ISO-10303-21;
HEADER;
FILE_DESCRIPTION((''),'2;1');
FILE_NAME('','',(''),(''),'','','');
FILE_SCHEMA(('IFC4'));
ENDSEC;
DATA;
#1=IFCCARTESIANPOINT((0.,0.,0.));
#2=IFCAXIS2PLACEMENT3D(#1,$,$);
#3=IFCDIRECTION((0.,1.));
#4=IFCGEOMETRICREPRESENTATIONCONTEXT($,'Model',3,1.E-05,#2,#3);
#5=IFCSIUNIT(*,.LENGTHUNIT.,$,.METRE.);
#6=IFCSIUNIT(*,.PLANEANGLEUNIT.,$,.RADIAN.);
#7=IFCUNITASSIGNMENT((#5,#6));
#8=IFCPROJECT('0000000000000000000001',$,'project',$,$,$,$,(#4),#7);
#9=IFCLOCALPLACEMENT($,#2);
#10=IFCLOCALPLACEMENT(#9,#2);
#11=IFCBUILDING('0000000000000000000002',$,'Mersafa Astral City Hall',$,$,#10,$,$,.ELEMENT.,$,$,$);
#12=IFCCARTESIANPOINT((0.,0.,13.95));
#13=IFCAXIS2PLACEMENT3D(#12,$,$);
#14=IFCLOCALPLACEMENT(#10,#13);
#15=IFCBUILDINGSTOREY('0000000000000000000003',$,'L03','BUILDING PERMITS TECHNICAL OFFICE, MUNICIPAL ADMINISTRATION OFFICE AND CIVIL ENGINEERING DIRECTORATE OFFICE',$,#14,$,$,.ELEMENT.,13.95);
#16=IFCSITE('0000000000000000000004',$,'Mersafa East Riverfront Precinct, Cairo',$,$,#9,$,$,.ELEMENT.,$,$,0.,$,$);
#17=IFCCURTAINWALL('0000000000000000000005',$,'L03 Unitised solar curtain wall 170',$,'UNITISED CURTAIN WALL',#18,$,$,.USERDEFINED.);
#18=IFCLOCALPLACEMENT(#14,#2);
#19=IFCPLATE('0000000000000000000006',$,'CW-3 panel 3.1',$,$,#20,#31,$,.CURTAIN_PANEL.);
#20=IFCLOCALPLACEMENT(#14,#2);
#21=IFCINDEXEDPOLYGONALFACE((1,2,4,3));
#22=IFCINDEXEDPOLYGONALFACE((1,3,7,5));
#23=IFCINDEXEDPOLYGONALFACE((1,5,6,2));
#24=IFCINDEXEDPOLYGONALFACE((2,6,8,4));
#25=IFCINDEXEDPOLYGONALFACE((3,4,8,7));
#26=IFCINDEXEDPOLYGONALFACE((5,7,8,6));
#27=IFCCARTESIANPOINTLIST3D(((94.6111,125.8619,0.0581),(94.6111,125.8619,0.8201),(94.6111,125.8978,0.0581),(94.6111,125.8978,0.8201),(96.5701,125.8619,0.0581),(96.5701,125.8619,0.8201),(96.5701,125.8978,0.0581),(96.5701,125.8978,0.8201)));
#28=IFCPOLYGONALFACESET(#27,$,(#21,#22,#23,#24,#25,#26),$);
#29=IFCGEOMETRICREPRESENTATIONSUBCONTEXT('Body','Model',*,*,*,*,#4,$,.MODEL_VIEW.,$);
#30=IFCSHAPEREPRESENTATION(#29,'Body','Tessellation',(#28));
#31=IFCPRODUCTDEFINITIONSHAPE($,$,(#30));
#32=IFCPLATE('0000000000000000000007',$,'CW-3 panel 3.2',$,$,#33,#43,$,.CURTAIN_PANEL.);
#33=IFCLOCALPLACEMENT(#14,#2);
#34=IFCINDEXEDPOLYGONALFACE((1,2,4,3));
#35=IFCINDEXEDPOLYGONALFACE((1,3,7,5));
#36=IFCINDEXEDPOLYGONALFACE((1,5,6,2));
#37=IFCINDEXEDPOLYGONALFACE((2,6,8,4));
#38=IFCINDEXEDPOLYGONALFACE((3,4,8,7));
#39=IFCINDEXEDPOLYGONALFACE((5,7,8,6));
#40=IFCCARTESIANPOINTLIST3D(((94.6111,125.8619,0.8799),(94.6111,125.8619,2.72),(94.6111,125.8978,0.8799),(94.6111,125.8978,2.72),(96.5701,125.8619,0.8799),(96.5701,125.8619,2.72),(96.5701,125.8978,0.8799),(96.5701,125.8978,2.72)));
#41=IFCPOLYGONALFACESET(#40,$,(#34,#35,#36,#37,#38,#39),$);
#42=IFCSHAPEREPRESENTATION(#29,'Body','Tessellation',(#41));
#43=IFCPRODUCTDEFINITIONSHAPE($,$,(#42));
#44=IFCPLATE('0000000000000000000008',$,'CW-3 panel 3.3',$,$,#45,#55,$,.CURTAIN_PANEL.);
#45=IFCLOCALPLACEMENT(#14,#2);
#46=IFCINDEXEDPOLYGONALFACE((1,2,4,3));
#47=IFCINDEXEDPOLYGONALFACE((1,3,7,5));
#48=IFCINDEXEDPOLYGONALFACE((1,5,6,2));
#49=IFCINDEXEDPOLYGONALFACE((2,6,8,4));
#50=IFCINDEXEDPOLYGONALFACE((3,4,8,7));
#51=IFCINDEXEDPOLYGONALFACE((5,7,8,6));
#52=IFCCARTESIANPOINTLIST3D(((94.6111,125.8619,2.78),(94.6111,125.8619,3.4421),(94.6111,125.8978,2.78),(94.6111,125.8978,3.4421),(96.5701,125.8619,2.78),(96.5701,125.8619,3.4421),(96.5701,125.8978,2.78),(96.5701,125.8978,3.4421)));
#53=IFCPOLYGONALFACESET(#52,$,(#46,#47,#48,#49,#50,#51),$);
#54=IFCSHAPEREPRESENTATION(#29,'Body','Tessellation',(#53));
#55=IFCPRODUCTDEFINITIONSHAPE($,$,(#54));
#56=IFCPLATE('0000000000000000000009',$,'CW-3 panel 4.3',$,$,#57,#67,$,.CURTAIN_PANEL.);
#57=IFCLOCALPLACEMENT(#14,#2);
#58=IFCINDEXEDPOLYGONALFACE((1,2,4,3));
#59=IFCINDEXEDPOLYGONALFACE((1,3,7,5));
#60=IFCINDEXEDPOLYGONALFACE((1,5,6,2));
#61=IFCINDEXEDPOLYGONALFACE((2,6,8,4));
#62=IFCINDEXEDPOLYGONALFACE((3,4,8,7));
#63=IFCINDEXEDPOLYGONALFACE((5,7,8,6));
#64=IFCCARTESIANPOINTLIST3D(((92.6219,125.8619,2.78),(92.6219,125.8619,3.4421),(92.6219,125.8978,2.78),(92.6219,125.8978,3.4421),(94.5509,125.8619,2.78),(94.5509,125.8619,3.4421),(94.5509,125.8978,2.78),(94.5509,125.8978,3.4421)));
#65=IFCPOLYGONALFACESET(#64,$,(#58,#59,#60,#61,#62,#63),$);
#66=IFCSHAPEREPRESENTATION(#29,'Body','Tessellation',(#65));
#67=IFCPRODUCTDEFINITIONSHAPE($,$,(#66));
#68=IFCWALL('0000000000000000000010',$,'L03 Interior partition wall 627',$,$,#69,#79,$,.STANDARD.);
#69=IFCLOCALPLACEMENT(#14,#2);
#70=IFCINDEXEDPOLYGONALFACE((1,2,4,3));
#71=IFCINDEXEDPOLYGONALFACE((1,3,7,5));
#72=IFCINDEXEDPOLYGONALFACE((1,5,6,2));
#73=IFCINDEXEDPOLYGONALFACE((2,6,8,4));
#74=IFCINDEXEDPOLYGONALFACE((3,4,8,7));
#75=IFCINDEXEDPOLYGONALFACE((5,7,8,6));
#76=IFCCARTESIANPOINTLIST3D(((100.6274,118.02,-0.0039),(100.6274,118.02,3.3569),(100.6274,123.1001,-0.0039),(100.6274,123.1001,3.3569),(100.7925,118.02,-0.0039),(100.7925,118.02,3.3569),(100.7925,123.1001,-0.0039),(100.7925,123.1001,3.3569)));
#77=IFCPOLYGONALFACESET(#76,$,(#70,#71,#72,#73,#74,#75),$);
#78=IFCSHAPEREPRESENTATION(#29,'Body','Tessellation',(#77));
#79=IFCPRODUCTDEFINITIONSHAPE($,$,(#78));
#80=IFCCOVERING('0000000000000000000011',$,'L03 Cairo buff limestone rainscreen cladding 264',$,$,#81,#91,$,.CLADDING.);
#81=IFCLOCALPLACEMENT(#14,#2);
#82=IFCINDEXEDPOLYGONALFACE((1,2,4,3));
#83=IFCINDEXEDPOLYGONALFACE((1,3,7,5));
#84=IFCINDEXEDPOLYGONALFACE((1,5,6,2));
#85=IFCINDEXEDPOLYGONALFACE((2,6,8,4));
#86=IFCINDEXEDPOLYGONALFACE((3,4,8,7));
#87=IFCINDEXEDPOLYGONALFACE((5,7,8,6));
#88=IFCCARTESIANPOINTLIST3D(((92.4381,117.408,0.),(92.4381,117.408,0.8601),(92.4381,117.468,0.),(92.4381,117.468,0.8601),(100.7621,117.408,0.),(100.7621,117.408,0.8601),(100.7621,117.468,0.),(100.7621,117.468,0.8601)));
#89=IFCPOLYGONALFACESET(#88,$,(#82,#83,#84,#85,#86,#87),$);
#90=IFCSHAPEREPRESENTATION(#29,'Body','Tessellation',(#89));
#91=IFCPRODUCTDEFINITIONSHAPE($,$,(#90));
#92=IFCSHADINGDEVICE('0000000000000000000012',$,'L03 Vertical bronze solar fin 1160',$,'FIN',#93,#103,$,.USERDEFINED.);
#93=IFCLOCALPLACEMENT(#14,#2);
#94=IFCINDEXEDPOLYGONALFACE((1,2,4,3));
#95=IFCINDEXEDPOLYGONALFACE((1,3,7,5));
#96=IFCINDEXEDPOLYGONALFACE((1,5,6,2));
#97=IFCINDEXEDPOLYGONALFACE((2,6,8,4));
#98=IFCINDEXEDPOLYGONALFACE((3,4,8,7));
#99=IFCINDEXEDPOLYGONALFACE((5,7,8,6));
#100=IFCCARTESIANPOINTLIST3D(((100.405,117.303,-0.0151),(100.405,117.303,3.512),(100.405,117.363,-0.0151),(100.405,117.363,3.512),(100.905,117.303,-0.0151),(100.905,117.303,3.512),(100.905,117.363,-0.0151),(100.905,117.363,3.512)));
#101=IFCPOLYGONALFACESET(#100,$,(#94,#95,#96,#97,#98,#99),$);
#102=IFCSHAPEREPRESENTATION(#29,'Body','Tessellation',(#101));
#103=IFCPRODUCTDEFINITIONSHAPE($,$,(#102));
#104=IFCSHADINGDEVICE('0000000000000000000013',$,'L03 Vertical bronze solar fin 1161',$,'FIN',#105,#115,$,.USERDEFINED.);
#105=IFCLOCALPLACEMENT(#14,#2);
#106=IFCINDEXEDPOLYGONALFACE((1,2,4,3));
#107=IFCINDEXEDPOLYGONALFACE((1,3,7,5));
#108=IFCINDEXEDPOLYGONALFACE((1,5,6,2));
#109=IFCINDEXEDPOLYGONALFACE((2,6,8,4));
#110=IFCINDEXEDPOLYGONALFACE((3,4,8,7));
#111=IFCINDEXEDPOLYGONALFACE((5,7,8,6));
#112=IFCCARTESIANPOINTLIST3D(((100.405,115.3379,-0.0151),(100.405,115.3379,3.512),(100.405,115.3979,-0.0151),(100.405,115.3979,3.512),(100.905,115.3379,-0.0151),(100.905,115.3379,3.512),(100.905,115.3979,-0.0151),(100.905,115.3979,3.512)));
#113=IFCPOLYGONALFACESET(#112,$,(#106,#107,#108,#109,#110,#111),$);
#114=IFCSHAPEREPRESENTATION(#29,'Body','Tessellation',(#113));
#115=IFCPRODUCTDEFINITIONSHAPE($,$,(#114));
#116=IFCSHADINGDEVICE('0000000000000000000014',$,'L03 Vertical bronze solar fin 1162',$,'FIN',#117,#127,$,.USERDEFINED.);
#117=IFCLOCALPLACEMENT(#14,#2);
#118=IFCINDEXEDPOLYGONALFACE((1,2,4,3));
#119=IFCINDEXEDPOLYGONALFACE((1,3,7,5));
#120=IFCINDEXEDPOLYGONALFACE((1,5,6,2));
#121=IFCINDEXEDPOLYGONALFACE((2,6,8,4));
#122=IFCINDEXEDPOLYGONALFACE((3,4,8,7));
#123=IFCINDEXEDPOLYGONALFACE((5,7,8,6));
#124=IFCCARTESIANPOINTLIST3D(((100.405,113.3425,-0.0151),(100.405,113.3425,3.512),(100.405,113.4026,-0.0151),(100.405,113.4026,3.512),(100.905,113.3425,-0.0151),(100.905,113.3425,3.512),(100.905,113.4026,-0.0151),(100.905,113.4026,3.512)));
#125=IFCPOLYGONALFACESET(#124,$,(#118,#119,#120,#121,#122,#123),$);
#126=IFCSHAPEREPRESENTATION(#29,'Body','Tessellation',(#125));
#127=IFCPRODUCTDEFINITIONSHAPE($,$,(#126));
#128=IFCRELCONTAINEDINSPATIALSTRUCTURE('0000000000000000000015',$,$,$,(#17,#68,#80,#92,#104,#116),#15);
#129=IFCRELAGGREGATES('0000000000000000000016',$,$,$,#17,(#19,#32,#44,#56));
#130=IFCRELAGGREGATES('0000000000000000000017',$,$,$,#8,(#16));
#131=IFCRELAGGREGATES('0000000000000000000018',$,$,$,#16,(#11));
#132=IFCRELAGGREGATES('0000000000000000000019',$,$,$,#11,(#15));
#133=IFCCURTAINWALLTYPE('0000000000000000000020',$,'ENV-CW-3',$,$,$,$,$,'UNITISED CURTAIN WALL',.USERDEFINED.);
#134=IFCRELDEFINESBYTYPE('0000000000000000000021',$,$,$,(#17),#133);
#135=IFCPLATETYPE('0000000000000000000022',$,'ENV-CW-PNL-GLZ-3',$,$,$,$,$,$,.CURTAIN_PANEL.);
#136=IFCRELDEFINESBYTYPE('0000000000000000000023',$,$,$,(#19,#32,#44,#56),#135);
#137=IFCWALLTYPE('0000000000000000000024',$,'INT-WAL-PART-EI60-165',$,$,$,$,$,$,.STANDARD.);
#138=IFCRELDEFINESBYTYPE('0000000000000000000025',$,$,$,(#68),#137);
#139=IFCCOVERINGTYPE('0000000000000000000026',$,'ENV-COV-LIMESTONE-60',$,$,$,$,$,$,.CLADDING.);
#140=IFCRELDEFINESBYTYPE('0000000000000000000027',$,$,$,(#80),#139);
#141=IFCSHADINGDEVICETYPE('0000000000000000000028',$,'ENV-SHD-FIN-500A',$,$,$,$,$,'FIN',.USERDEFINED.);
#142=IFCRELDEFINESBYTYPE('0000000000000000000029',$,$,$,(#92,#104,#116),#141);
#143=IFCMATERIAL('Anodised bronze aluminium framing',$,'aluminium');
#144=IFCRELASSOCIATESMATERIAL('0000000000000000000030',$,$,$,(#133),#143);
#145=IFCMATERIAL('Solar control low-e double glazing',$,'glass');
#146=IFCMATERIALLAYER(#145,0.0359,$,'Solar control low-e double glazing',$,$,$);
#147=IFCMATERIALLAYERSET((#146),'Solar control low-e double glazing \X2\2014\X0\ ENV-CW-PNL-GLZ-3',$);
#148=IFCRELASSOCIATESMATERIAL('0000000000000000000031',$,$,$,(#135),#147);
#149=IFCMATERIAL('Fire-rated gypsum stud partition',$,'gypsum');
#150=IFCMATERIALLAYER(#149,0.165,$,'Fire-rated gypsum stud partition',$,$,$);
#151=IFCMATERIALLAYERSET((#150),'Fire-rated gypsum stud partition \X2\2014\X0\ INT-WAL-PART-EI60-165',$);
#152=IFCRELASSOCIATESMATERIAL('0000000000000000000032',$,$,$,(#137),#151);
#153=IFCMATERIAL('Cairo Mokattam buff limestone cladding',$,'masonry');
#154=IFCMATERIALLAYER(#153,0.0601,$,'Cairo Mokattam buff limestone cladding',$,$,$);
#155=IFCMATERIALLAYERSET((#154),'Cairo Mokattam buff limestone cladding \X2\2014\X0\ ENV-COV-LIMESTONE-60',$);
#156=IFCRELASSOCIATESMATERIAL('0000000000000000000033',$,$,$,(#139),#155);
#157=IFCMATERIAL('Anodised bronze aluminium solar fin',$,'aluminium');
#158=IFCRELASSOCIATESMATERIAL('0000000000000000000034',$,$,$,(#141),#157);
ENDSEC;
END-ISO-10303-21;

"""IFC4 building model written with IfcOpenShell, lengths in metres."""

from ifc_helpers import new_model, si_unit, direction, frame, frame_2d, origin, origin_2d, place, context, subcontext, project, spatial, rectangle, extrude, material, layer, layer_set, type_object, element, aggregate, save


model = new_model("IFC4")

# Units and contexts
model_context = context("Model", 3, precision=1e-05, world=origin(), true_north=direction((0.0, 1.0)))
body_context = subcontext(model_context, "Body", "Model", "MODEL_VIEW")
ifc_project = project(units=[si_unit("LENGTHUNIT", "METRE"), si_unit("PLANEANGLEUNIT", "RADIAN")], contexts=[model_context])

# Site, building, storey
site_placement = place(None, origin())
site = spatial("IfcSite", under=ifc_project, at=site_placement, Name="Mersafa East Riverfront Precinct, Cairo", CompositionType="ELEMENT", RefElevation=0.0)
building_placement = place(site_placement, origin())
building = spatial("IfcBuilding", under=site, at=building_placement, Name="Mersafa Astral City Hall", CompositionType="ELEMENT")
storey_placement = place(building_placement, frame((0.0, 0.0, 13.95)))
storey = spatial("IfcBuildingStorey", under=building, at=storey_placement, Name="L03", Description="BUILDING PERMITS TECHNICAL OFFICE, MUNICIPAL ADMINISTRATION OFFICE AND CIVIL ENGINEERING DIRECTORATE OFFICE", CompositionType="ELEMENT", Elevation=13.95)

# Curtain wall
ifc_material_1 = material(Name="Anodised bronze aluminium framing", Category="aluminium")
curtain_wall_type = type_object("IfcCurtainWallType", Name="ENV-CW-3", ElementType="UNITISED CURTAIN WALL", PredefinedType="USERDEFINED", material=ifc_material_1)
curtain_wall_placement = place(storey_placement, origin())
curtain_wall = element("IfcCurtainWall", 1, at=curtain_wall_placement, inside=storey, type_object=curtain_wall_type, Name="L03 Unitised solar curtain wall 170", ObjectType="UNITISED CURTAIN WALL", PredefinedType="USERDEFINED")

# Plates
ifc_material_2 = material(Name="Solar control low-e double glazing", Category="glass")
ifc_layer_1 = layer(ifc_material_2, 0.0359, Name="Solar control low-e double glazing")
ifc_layer_set_1 = layer_set([ifc_layer_1], Name="Solar control low-e double glazing — ENV-CW-PNL-GLZ-3")
plate_type = type_object("IfcPlateType", Name="ENV-CW-PNL-GLZ-3", PredefinedType="CURTAIN_PANEL", material=ifc_layer_set_1)
plate_1_placement = place(storey_placement, frame((95.5906, 125.8799, 0.0581), z_axis=(0.0, 0.0, 1.0), x_axis=(-1.0, 0.0, 0.0)))
plate_1 = element("IfcPlate", 2, at=plate_1_placement, type_object=plate_type, Name="CW-3 panel 3.1", PredefinedType="CURTAIN_PANEL", context=body_context, shape_type="SweptSolid", body=[
    extrude(rectangle(XDim=1.959, YDim=0.0359, at=origin_2d()), origin(), (0.0, 0.0, 1.0), 0.762),
])
plate_2_placement = place(storey_placement, frame((95.5906, 125.8799, 0.8799), z_axis=(0.0, 0.0, 1.0), x_axis=(-1.0, 0.0, 0.0)))
plate_2 = element("IfcPlate", 3, at=plate_2_placement, type_object=plate_type, Name="CW-3 panel 3.2", PredefinedType="CURTAIN_PANEL", context=body_context, shape_type="SweptSolid", body=[
    extrude(rectangle(XDim=1.959, YDim=0.0359, at=origin_2d()), origin(), (0.0, 0.0, 1.0), 1.8401),
])
plate_3_placement = place(storey_placement, frame((95.5906, 125.8799, 2.78), z_axis=(0.0, 0.0, 1.0), x_axis=(-1.0, 0.0, 0.0)))
plate_3 = element("IfcPlate", 4, at=plate_3_placement, type_object=plate_type, Name="CW-3 panel 3.3", PredefinedType="CURTAIN_PANEL", context=body_context, shape_type="SweptSolid", body=[
    extrude(rectangle(XDim=1.959, YDim=0.0359, at=origin_2d()), origin(), (0.0, 0.0, 1.0), 0.6621),
])
plate_4_placement = place(storey_placement, frame((93.5864, 125.8799, 2.78), z_axis=(0.0, 0.0, 1.0), x_axis=(-1.0, 0.0, 0.0)))
plate_4 = element("IfcPlate", 5, at=plate_4_placement, type_object=plate_type, Name="CW-3 panel 4.3", PredefinedType="CURTAIN_PANEL", context=body_context, shape_type="SweptSolid", body=[
    extrude(rectangle(XDim=1.929, YDim=0.0359, at=origin_2d()), origin(), (0.0, 0.0, 1.0), 0.6621),
])
aggregate(curtain_wall, [plate_1, plate_2, plate_3, plate_4])

# Wall
ifc_material_3 = material(Name="Fire-rated gypsum stud partition", Category="gypsum")
ifc_layer_2 = layer(ifc_material_3, 0.165, Name="Fire-rated gypsum stud partition")
ifc_layer_set_2 = layer_set([ifc_layer_2], Name="Fire-rated gypsum stud partition — INT-WAL-PART-EI60-165")
wall_type = type_object("IfcWallType", Name="INT-WAL-PART-EI60-165", PredefinedType="STANDARD", material=ifc_layer_set_2)
wall_placement = place(storey_placement, frame((100.71, 123.1001, -0.0039), z_axis=(0.0, 0.0, 1.0), x_axis=(0.0, -1.0, 0.0)))
element("IfcWall", 6, at=wall_placement, inside=storey, type_object=wall_type, Name="L03 Interior partition wall 627", PredefinedType="STANDARD", context=body_context, shape_type="SweptSolid", body=[
    extrude(rectangle(XDim=5.0801, YDim=0.165, at=frame_2d((2.54, 0.0))), origin(), (0.0, 0.0, 1.0), 3.3608),
])

# Covering
ifc_material_4 = material(Name="Cairo Mokattam buff limestone cladding", Category="masonry")
ifc_layer_3 = layer(ifc_material_4, 0.0601, Name="Cairo Mokattam buff limestone cladding")
ifc_layer_set_3 = layer_set([ifc_layer_3], Name="Cairo Mokattam buff limestone cladding — ENV-COV-LIMESTONE-60")
covering_type = type_object("IfcCoveringType", Name="ENV-COV-LIMESTONE-60", PredefinedType="CLADDING", material=ifc_layer_set_3)
covering_placement = place(storey_placement, frame((96.6001, 117.438, 0.0), z_axis=(0.0, 0.0, 1.0), x_axis=(1.0, 0.0, 0.0)))
element("IfcCovering", 7, at=covering_placement, inside=storey, type_object=covering_type, Name="L03 Cairo buff limestone rainscreen cladding 264", PredefinedType="CLADDING", context=body_context, shape_type="SweptSolid", body=[
    extrude(rectangle(XDim=8.324, YDim=0.0601, at=origin_2d()), origin(), (0.0, 0.0, 1.0), 0.8601),
])

# Shading devices
ifc_material_5 = material(Name="Anodised bronze aluminium solar fin", Category="aluminium")
shading_device_type = type_object("IfcShadingDeviceType", Name="ENV-SHD-FIN-500A", ElementType="FIN", PredefinedType="USERDEFINED", material=ifc_material_5)
for number, where, z_axis, x_axis, name in (
    (8, (100.655, 117.333, -0.0151), (0.0, 0.0, 1.0), (0.0, -1.0, 0.0), "L03 Vertical bronze solar fin 1160"),
    (9, (100.655, 115.3679, -0.0151), (0.0, 0.0, 1.0), (0.0, -1.0, 0.0), "L03 Vertical bronze solar fin 1161"),
    (10, (100.655, 113.3726, -0.0151), (0.0, 0.0, 1.0), (0.0, -1.0, 0.0), "L03 Vertical bronze solar fin 1162"),
):
    element("IfcShadingDevice", number, at=place(storey_placement, frame(where, z_axis=z_axis, x_axis=x_axis)), inside=storey, type_object=shading_device_type, Name=name, ObjectType="FIN", PredefinedType="USERDEFINED", context=body_context, shape_type="SweptSolid", body=[
        extrude(rectangle(XDim=0.0601, YDim=0.5, at=origin_2d()), origin(), (0.0, 0.0, 1.0), 3.5271),
    ])

save(model, "model.ifc")
